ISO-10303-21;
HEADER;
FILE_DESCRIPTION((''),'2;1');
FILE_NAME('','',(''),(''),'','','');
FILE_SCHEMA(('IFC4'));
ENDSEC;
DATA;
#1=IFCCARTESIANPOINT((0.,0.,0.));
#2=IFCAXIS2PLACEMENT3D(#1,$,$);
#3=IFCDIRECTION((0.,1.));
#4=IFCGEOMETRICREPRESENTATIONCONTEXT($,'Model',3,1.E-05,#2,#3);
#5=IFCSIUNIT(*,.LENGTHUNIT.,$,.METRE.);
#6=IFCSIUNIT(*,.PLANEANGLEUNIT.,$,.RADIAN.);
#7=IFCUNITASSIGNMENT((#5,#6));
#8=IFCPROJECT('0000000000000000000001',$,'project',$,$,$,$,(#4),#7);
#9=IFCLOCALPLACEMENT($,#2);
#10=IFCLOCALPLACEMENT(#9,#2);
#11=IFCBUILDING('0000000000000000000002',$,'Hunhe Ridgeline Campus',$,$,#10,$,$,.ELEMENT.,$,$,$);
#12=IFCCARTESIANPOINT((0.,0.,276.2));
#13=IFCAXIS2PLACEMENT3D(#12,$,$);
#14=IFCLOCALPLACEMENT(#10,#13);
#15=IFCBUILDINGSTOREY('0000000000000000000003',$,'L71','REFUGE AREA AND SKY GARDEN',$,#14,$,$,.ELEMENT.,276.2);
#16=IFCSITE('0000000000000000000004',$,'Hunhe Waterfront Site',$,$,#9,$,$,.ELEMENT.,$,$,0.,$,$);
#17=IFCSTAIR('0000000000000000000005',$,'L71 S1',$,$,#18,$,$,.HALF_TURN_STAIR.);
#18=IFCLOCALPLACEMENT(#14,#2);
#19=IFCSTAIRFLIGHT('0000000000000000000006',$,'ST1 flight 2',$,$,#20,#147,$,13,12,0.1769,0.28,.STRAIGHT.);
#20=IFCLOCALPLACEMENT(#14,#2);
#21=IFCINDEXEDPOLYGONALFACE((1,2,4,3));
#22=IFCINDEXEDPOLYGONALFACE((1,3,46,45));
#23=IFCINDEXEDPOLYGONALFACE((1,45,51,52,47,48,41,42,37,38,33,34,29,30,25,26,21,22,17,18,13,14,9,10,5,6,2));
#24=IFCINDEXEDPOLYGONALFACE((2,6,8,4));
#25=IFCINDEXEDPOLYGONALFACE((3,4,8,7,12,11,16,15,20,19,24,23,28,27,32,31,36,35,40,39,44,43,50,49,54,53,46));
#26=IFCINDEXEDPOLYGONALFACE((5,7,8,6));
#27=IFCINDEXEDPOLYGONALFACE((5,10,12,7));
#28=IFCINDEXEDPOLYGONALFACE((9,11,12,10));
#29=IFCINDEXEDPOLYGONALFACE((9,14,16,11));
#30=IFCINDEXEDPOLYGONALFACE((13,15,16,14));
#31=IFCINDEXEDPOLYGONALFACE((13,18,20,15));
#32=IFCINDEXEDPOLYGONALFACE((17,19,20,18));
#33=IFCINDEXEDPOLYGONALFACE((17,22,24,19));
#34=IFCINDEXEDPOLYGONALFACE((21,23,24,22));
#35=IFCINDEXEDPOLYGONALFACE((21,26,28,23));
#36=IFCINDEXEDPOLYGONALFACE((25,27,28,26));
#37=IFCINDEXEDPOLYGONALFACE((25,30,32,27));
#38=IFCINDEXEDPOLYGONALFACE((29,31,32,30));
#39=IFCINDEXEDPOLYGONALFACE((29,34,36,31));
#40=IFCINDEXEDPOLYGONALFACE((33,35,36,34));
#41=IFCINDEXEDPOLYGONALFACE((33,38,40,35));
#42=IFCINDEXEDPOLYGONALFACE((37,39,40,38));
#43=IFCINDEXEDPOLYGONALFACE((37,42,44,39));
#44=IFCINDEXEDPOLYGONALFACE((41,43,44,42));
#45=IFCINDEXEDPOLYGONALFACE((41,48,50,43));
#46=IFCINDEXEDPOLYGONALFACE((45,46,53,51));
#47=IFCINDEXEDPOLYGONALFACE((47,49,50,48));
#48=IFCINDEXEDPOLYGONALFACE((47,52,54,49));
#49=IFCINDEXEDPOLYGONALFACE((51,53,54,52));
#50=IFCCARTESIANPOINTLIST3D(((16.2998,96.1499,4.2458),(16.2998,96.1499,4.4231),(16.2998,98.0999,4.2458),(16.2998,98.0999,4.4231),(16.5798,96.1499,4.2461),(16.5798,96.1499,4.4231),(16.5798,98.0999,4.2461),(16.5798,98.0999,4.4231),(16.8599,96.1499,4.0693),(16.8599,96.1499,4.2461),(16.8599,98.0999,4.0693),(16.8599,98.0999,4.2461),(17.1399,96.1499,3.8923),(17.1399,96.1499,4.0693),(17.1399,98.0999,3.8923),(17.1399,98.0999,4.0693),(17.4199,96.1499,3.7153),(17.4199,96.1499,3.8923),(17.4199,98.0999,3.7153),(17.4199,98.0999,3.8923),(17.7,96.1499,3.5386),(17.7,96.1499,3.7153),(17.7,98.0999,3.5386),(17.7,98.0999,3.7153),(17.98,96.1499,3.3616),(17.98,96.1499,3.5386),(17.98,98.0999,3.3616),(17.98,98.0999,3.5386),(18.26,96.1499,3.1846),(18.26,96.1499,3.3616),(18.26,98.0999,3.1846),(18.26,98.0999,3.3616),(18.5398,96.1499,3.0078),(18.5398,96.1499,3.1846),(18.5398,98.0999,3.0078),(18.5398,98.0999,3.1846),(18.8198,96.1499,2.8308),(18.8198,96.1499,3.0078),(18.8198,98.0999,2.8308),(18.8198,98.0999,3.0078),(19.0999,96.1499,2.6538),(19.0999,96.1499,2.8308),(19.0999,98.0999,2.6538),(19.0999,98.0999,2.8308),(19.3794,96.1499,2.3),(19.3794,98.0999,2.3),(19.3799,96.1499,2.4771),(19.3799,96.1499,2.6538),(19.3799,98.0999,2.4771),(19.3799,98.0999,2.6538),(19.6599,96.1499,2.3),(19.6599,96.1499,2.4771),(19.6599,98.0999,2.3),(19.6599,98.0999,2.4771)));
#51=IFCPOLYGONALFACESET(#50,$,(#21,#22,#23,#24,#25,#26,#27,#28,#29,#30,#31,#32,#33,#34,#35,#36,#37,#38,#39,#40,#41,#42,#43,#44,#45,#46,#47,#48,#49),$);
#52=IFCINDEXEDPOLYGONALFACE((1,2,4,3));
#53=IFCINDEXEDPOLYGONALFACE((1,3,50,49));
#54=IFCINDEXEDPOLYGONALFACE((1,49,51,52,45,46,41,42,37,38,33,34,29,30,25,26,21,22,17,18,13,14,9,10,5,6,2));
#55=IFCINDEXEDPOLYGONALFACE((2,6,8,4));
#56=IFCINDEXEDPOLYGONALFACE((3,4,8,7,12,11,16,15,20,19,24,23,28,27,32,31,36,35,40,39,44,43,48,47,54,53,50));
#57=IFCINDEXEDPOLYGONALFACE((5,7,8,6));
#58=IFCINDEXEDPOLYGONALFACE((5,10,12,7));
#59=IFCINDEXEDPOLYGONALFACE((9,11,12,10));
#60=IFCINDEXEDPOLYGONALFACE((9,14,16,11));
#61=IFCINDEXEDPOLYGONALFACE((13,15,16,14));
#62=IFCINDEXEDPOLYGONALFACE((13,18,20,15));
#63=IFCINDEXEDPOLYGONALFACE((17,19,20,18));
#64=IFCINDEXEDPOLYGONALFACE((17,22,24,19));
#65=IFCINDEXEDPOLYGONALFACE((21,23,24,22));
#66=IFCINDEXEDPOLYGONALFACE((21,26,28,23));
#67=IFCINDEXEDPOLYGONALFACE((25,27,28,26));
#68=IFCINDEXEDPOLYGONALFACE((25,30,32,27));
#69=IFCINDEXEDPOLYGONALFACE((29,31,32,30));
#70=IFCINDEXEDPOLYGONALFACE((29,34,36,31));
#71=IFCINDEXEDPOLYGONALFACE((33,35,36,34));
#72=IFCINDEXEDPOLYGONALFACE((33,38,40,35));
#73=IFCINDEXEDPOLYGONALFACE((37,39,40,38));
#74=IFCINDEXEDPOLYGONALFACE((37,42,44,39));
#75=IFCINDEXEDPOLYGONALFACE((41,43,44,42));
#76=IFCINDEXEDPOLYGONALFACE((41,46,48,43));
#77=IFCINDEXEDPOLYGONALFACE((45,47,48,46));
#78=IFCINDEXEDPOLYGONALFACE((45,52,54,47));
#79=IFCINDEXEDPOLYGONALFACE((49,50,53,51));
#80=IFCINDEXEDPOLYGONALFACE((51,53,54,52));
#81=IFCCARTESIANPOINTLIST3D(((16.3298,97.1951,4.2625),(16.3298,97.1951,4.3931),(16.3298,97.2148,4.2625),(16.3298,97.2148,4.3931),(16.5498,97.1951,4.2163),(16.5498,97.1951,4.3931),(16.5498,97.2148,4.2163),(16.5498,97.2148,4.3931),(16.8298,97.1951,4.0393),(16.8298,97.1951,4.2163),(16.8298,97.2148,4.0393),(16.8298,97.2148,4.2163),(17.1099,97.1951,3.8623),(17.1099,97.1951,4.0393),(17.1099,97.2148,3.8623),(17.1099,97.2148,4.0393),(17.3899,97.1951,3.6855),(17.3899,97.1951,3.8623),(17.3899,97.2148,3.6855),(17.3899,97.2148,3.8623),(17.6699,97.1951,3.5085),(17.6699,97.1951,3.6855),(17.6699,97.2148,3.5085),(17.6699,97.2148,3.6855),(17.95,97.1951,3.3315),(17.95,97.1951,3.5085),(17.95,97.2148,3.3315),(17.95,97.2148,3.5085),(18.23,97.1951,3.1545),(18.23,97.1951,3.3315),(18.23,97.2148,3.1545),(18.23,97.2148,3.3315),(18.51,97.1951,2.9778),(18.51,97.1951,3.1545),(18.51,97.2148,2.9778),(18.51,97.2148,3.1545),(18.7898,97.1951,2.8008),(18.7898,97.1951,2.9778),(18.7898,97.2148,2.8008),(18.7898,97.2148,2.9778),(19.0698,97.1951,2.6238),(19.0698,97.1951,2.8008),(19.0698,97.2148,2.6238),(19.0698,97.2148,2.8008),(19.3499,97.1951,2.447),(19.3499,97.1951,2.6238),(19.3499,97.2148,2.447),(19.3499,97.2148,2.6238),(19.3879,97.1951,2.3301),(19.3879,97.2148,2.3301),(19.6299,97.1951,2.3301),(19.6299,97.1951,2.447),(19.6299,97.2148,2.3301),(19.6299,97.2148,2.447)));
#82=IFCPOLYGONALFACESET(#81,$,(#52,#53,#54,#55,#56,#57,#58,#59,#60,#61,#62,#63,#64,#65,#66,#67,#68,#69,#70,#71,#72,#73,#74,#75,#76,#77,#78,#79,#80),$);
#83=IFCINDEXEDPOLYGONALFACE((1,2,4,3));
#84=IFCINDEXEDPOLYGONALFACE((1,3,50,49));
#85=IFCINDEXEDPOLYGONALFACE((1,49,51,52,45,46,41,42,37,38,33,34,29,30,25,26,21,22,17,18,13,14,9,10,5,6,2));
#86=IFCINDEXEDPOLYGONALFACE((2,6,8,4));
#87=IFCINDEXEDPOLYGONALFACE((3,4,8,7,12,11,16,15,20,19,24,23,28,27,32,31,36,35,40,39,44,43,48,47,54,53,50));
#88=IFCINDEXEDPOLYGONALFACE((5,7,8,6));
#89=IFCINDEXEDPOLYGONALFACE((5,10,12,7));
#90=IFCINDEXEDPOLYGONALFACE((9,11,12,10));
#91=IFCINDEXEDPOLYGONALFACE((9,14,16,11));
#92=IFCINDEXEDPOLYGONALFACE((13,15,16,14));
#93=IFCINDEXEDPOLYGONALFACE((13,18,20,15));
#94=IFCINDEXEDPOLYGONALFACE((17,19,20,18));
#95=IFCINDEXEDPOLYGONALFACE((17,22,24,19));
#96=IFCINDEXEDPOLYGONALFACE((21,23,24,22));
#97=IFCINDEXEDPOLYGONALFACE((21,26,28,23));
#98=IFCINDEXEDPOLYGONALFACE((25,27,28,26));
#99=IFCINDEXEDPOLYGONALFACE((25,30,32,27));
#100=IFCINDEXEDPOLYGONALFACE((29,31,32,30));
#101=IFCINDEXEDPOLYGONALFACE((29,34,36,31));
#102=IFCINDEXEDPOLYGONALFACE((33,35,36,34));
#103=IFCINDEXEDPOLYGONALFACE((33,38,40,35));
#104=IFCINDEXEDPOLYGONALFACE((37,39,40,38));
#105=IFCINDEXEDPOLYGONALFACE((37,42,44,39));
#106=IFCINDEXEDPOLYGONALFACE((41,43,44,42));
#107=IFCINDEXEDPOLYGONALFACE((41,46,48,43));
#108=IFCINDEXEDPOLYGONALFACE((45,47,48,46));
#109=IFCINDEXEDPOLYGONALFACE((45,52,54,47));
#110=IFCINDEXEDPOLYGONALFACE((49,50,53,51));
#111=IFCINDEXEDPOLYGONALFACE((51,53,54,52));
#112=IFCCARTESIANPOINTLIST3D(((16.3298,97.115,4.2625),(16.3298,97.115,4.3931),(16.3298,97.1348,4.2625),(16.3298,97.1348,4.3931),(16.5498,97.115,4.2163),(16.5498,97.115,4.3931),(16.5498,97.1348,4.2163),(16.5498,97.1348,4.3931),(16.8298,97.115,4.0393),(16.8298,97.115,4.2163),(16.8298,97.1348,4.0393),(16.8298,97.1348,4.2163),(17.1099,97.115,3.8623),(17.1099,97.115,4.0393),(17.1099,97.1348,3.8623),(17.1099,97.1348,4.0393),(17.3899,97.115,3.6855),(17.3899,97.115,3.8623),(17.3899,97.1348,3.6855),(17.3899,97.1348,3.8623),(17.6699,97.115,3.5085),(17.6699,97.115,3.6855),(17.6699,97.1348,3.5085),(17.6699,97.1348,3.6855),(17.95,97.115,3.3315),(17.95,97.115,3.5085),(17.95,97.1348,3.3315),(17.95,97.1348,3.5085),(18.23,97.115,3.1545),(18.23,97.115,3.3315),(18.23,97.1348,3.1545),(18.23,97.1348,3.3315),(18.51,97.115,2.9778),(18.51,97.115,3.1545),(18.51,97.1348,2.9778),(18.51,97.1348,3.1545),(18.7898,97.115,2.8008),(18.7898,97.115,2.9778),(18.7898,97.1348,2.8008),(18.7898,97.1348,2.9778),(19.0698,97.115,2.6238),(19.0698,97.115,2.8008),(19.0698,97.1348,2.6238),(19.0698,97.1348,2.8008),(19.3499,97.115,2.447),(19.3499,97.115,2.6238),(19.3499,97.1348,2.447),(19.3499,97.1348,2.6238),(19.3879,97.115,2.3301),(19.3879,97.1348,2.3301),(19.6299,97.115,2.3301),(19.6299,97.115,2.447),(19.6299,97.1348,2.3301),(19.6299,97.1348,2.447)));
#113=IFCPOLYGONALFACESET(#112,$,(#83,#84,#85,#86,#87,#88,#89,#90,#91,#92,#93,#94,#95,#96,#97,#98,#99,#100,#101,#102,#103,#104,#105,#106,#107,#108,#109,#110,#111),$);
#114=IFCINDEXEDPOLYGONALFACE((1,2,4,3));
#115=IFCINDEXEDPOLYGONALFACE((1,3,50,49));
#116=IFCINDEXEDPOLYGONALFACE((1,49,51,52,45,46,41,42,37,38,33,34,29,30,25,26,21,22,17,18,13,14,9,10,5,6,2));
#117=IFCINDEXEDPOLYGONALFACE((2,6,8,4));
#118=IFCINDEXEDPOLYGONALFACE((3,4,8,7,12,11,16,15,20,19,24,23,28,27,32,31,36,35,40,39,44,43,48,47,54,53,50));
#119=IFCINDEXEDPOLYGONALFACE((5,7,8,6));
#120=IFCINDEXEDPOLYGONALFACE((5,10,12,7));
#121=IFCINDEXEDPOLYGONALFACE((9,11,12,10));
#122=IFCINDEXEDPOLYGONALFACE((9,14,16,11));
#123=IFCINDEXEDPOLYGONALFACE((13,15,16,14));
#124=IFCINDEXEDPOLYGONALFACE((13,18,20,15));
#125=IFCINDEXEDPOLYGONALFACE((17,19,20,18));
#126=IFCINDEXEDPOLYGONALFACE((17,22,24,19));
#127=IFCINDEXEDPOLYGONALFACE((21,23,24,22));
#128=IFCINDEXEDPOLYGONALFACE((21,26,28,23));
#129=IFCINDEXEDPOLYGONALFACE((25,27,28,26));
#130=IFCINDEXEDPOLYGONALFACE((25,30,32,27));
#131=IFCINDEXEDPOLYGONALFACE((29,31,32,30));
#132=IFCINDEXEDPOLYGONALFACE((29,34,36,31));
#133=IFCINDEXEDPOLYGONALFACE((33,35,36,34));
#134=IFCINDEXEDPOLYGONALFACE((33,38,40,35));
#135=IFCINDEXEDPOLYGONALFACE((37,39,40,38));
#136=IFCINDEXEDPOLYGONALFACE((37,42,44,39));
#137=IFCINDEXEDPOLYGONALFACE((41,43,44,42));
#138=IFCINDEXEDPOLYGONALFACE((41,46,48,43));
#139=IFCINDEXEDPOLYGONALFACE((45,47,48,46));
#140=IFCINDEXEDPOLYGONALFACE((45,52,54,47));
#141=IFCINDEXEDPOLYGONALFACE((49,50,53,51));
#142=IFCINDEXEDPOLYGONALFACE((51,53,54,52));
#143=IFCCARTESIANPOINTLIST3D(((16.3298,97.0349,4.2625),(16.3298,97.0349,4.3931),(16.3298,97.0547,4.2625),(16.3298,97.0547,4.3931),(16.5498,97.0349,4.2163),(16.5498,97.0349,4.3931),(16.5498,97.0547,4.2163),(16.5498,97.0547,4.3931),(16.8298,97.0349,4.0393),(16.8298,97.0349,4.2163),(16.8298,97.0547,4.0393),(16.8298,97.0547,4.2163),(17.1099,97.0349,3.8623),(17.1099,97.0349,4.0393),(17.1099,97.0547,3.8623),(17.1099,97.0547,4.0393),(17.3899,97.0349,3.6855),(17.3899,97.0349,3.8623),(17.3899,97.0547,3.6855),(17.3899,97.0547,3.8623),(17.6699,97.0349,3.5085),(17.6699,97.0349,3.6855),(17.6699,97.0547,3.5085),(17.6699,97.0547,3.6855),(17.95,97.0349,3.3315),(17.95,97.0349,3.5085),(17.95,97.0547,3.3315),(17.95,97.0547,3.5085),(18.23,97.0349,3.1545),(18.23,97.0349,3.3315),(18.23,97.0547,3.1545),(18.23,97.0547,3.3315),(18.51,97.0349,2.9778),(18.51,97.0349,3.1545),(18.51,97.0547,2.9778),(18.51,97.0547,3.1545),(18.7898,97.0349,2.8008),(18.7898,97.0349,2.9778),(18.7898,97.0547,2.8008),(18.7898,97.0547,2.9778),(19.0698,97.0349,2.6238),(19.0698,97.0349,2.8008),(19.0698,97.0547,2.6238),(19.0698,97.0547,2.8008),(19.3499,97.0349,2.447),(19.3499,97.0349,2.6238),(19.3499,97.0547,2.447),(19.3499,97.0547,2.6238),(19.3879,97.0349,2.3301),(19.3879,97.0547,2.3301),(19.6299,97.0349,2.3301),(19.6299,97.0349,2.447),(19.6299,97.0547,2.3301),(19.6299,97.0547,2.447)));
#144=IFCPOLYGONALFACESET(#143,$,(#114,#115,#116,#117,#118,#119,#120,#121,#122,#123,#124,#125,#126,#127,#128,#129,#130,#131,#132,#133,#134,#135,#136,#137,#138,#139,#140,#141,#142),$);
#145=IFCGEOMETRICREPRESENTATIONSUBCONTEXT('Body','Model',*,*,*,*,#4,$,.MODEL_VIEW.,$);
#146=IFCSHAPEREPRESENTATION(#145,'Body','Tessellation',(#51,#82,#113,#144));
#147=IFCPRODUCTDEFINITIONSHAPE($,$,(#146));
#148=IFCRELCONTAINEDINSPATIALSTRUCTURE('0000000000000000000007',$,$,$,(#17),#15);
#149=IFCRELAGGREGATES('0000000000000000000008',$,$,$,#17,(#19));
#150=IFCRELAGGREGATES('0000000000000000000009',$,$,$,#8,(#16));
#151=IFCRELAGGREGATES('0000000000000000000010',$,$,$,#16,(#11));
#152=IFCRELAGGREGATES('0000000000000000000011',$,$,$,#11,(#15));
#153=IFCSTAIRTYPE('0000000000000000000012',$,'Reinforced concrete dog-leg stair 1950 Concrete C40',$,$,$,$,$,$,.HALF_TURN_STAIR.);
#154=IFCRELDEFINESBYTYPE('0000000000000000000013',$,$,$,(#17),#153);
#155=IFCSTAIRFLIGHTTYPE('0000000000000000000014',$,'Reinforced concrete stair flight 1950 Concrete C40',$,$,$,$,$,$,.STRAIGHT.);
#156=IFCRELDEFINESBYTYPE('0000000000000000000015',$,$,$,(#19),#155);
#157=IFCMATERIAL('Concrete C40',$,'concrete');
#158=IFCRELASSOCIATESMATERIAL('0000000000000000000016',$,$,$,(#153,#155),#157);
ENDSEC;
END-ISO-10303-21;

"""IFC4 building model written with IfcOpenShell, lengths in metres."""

from ifc_helpers import new_model, si_unit, direction, frame, origin, place, context, subcontext, project, spatial, polyline, outline, extrude, material, type_object, element, aggregate, save


model = new_model("IFC4")

# Units and contexts
model_context = context("Model", 3, precision=1e-05, world=origin(), true_north=direction((0.0, 1.0)))
body_context = subcontext(model_context, "Body", "Model", "MODEL_VIEW")
ifc_project = project(units=[si_unit("LENGTHUNIT", "METRE"), si_unit("PLANEANGLEUNIT", "RADIAN")], contexts=[model_context])

# Site, building, storey
site_placement = place(None, origin())
site = spatial("IfcSite", under=ifc_project, at=site_placement, Name="Hunhe Waterfront Site", CompositionType="ELEMENT", RefElevation=0.0)
building_placement = place(site_placement, origin())
building = spatial("IfcBuilding", under=site, at=building_placement, Name="Hunhe Ridgeline Campus", CompositionType="ELEMENT")
storey_placement = place(building_placement, frame((0.0, 0.0, 276.2)))
storey = spatial("IfcBuildingStorey", under=building, at=storey_placement, Name="L71", Description="REFUGE AREA AND SKY GARDEN", CompositionType="ELEMENT", Elevation=276.2)

# Stair, stair flight
ifc_material_1 = material(Name="Concrete C40", Category="concrete")
stair_type = type_object("IfcStairType", Name="Reinforced concrete dog-leg stair 1950 Concrete C40", PredefinedType="HALF_TURN_STAIR", material=ifc_material_1)
stair_1_placement = place(storey_placement, origin())
stair_1 = element("IfcStair", 1, at=stair_1_placement, inside=storey, type_object=stair_type, Name="L71 S1", PredefinedType="HALF_TURN_STAIR")
stair_flight_type = type_object("IfcStairFlightType", Name="Reinforced concrete stair flight 1950 Concrete C40", PredefinedType="STRAIGHT", material=ifc_material_1)
stair_flight_1_placement = place(storey_placement, frame((19.6599, 97.125, 2.3), z_axis=(0.0, 0.0, 1.0), x_axis=(-1.0, 0.0, 0.0)))
stair_flight_1 = element("IfcStairFlight", 2, at=stair_flight_1_placement, type_object=stair_flight_type, Name="ST1 flight 2", NumberOfRisers=13, NumberOfTreads=12, PredefinedType="STRAIGHT", RiserHeight=0.1769, TreadLength=0.28, context=body_context, shape_type="SweptSolid", body=[
    extrude(outline(polyline([(0.0, 0.0), (0.0, 0.177), (0.28, 0.177), (0.28, 0.3538), (0.5601, 0.3538), (0.5601, 0.5308), (0.8401, 0.5308), (0.8401, 0.7078), (1.1201, 0.7078), (1.1201, 0.8845), (1.3999, 0.8845), (1.3999, 1.0615), (1.6799, 1.0615), (1.6799, 1.2385), (1.96, 1.2385), (1.96, 1.4153), (2.24, 1.4153), (2.24, 1.5923), (2.52, 1.5923), (2.52, 1.7693), (2.8, 1.7693), (2.8, 1.946), (3.0801, 1.946), (3.0801, 2.123), (3.3601, 2.123), (3.3601, 2.3), (3.3601, 1.9458), (0.2805, 0.0), (0.0, 0.0)])), frame((0.0, 0.9751, 0.0), z_axis=(0.0, -1.0, 0.0), x_axis=(1.0, 0.0, 0.0)), (0.0, 0.0, 1.0), 1.95),
    extrude(outline(polyline([(0.03, 0.03), (0.03, 0.147), (0.3101, 0.147), (0.3101, 0.3237), (0.5901, 0.3237), (0.5901, 0.5007), (0.8701, 0.5007), (0.8701, 0.6777), (1.1499, 0.6777), (1.1499, 0.8545), (1.4299, 0.8545), (1.4299, 1.0315), (1.71, 1.0315), (1.71, 1.2085), (1.99, 1.2085), (1.99, 1.3855), (2.27, 1.3855), (2.27, 1.5623), (2.55, 1.5623), (2.55, 1.7393), (2.8301, 1.7393), (2.8301, 1.9163), (3.1101, 1.9163), (3.1101, 2.093), (3.3301, 2.093), (3.3301, 1.9624), (0.272, 0.03), (0.03, 0.03)])), frame((0.0, -0.0701, 0.0), z_axis=(0.0, -1.0, 0.0), x_axis=(1.0, 0.0, 0.0)), (0.0, 0.0, 1.0), 0.0198),
    extrude(outline(polyline([(0.03, 0.03), (0.03, 0.147), (0.3101, 0.147), (0.3101, 0.3237), (0.5901, 0.3237), (0.5901, 0.5007), (0.8701, 0.5007), (0.8701, 0.6777), (1.1499, 0.6777), (1.1499, 0.8545), (1.4299, 0.8545), (1.4299, 1.0315), (1.71, 1.0315), (1.71, 1.2085), (1.99, 1.2085), (1.99, 1.3855), (2.27, 1.3855), (2.27, 1.5623), (2.55, 1.5623), (2.55, 1.7393), (2.8301, 1.7393), (2.8301, 1.9163), (3.1101, 1.9163), (3.1101, 2.093), (3.3301, 2.093), (3.3301, 1.9624), (0.272, 0.03), (0.03, 0.03)])), frame((0.0, 0.01, 0.0), z_axis=(0.0, -1.0, 0.0), x_axis=(1.0, 0.0, 0.0)), (0.0, 0.0, 1.0), 0.0198),
    extrude(outline(polyline([(0.03, 0.03), (0.03, 0.147), (0.3101, 0.147), (0.3101, 0.3237), (0.5901, 0.3237), (0.5901, 0.5007), (0.8701, 0.5007), (0.8701, 0.6777), (1.1499, 0.6777), (1.1499, 0.8545), (1.4299, 0.8545), (1.4299, 1.0315), (1.71, 1.0315), (1.71, 1.2085), (1.99, 1.2085), (1.99, 1.3855), (2.27, 1.3855), (2.27, 1.5623), (2.55, 1.5623), (2.55, 1.7393), (2.8301, 1.7393), (2.8301, 1.9163), (3.1101, 1.9163), (3.1101, 2.093), (3.3301, 2.093), (3.3301, 1.9624), (0.272, 0.03), (0.03, 0.03)])), frame((0.0, 0.0901, 0.0), z_axis=(0.0, -1.0, 0.0), x_axis=(1.0, 0.0, 0.0)), (0.0, 0.0, 1.0), 0.0198),
])
aggregate(stair_1, [stair_flight_1])

save(model, "model.ifc")
